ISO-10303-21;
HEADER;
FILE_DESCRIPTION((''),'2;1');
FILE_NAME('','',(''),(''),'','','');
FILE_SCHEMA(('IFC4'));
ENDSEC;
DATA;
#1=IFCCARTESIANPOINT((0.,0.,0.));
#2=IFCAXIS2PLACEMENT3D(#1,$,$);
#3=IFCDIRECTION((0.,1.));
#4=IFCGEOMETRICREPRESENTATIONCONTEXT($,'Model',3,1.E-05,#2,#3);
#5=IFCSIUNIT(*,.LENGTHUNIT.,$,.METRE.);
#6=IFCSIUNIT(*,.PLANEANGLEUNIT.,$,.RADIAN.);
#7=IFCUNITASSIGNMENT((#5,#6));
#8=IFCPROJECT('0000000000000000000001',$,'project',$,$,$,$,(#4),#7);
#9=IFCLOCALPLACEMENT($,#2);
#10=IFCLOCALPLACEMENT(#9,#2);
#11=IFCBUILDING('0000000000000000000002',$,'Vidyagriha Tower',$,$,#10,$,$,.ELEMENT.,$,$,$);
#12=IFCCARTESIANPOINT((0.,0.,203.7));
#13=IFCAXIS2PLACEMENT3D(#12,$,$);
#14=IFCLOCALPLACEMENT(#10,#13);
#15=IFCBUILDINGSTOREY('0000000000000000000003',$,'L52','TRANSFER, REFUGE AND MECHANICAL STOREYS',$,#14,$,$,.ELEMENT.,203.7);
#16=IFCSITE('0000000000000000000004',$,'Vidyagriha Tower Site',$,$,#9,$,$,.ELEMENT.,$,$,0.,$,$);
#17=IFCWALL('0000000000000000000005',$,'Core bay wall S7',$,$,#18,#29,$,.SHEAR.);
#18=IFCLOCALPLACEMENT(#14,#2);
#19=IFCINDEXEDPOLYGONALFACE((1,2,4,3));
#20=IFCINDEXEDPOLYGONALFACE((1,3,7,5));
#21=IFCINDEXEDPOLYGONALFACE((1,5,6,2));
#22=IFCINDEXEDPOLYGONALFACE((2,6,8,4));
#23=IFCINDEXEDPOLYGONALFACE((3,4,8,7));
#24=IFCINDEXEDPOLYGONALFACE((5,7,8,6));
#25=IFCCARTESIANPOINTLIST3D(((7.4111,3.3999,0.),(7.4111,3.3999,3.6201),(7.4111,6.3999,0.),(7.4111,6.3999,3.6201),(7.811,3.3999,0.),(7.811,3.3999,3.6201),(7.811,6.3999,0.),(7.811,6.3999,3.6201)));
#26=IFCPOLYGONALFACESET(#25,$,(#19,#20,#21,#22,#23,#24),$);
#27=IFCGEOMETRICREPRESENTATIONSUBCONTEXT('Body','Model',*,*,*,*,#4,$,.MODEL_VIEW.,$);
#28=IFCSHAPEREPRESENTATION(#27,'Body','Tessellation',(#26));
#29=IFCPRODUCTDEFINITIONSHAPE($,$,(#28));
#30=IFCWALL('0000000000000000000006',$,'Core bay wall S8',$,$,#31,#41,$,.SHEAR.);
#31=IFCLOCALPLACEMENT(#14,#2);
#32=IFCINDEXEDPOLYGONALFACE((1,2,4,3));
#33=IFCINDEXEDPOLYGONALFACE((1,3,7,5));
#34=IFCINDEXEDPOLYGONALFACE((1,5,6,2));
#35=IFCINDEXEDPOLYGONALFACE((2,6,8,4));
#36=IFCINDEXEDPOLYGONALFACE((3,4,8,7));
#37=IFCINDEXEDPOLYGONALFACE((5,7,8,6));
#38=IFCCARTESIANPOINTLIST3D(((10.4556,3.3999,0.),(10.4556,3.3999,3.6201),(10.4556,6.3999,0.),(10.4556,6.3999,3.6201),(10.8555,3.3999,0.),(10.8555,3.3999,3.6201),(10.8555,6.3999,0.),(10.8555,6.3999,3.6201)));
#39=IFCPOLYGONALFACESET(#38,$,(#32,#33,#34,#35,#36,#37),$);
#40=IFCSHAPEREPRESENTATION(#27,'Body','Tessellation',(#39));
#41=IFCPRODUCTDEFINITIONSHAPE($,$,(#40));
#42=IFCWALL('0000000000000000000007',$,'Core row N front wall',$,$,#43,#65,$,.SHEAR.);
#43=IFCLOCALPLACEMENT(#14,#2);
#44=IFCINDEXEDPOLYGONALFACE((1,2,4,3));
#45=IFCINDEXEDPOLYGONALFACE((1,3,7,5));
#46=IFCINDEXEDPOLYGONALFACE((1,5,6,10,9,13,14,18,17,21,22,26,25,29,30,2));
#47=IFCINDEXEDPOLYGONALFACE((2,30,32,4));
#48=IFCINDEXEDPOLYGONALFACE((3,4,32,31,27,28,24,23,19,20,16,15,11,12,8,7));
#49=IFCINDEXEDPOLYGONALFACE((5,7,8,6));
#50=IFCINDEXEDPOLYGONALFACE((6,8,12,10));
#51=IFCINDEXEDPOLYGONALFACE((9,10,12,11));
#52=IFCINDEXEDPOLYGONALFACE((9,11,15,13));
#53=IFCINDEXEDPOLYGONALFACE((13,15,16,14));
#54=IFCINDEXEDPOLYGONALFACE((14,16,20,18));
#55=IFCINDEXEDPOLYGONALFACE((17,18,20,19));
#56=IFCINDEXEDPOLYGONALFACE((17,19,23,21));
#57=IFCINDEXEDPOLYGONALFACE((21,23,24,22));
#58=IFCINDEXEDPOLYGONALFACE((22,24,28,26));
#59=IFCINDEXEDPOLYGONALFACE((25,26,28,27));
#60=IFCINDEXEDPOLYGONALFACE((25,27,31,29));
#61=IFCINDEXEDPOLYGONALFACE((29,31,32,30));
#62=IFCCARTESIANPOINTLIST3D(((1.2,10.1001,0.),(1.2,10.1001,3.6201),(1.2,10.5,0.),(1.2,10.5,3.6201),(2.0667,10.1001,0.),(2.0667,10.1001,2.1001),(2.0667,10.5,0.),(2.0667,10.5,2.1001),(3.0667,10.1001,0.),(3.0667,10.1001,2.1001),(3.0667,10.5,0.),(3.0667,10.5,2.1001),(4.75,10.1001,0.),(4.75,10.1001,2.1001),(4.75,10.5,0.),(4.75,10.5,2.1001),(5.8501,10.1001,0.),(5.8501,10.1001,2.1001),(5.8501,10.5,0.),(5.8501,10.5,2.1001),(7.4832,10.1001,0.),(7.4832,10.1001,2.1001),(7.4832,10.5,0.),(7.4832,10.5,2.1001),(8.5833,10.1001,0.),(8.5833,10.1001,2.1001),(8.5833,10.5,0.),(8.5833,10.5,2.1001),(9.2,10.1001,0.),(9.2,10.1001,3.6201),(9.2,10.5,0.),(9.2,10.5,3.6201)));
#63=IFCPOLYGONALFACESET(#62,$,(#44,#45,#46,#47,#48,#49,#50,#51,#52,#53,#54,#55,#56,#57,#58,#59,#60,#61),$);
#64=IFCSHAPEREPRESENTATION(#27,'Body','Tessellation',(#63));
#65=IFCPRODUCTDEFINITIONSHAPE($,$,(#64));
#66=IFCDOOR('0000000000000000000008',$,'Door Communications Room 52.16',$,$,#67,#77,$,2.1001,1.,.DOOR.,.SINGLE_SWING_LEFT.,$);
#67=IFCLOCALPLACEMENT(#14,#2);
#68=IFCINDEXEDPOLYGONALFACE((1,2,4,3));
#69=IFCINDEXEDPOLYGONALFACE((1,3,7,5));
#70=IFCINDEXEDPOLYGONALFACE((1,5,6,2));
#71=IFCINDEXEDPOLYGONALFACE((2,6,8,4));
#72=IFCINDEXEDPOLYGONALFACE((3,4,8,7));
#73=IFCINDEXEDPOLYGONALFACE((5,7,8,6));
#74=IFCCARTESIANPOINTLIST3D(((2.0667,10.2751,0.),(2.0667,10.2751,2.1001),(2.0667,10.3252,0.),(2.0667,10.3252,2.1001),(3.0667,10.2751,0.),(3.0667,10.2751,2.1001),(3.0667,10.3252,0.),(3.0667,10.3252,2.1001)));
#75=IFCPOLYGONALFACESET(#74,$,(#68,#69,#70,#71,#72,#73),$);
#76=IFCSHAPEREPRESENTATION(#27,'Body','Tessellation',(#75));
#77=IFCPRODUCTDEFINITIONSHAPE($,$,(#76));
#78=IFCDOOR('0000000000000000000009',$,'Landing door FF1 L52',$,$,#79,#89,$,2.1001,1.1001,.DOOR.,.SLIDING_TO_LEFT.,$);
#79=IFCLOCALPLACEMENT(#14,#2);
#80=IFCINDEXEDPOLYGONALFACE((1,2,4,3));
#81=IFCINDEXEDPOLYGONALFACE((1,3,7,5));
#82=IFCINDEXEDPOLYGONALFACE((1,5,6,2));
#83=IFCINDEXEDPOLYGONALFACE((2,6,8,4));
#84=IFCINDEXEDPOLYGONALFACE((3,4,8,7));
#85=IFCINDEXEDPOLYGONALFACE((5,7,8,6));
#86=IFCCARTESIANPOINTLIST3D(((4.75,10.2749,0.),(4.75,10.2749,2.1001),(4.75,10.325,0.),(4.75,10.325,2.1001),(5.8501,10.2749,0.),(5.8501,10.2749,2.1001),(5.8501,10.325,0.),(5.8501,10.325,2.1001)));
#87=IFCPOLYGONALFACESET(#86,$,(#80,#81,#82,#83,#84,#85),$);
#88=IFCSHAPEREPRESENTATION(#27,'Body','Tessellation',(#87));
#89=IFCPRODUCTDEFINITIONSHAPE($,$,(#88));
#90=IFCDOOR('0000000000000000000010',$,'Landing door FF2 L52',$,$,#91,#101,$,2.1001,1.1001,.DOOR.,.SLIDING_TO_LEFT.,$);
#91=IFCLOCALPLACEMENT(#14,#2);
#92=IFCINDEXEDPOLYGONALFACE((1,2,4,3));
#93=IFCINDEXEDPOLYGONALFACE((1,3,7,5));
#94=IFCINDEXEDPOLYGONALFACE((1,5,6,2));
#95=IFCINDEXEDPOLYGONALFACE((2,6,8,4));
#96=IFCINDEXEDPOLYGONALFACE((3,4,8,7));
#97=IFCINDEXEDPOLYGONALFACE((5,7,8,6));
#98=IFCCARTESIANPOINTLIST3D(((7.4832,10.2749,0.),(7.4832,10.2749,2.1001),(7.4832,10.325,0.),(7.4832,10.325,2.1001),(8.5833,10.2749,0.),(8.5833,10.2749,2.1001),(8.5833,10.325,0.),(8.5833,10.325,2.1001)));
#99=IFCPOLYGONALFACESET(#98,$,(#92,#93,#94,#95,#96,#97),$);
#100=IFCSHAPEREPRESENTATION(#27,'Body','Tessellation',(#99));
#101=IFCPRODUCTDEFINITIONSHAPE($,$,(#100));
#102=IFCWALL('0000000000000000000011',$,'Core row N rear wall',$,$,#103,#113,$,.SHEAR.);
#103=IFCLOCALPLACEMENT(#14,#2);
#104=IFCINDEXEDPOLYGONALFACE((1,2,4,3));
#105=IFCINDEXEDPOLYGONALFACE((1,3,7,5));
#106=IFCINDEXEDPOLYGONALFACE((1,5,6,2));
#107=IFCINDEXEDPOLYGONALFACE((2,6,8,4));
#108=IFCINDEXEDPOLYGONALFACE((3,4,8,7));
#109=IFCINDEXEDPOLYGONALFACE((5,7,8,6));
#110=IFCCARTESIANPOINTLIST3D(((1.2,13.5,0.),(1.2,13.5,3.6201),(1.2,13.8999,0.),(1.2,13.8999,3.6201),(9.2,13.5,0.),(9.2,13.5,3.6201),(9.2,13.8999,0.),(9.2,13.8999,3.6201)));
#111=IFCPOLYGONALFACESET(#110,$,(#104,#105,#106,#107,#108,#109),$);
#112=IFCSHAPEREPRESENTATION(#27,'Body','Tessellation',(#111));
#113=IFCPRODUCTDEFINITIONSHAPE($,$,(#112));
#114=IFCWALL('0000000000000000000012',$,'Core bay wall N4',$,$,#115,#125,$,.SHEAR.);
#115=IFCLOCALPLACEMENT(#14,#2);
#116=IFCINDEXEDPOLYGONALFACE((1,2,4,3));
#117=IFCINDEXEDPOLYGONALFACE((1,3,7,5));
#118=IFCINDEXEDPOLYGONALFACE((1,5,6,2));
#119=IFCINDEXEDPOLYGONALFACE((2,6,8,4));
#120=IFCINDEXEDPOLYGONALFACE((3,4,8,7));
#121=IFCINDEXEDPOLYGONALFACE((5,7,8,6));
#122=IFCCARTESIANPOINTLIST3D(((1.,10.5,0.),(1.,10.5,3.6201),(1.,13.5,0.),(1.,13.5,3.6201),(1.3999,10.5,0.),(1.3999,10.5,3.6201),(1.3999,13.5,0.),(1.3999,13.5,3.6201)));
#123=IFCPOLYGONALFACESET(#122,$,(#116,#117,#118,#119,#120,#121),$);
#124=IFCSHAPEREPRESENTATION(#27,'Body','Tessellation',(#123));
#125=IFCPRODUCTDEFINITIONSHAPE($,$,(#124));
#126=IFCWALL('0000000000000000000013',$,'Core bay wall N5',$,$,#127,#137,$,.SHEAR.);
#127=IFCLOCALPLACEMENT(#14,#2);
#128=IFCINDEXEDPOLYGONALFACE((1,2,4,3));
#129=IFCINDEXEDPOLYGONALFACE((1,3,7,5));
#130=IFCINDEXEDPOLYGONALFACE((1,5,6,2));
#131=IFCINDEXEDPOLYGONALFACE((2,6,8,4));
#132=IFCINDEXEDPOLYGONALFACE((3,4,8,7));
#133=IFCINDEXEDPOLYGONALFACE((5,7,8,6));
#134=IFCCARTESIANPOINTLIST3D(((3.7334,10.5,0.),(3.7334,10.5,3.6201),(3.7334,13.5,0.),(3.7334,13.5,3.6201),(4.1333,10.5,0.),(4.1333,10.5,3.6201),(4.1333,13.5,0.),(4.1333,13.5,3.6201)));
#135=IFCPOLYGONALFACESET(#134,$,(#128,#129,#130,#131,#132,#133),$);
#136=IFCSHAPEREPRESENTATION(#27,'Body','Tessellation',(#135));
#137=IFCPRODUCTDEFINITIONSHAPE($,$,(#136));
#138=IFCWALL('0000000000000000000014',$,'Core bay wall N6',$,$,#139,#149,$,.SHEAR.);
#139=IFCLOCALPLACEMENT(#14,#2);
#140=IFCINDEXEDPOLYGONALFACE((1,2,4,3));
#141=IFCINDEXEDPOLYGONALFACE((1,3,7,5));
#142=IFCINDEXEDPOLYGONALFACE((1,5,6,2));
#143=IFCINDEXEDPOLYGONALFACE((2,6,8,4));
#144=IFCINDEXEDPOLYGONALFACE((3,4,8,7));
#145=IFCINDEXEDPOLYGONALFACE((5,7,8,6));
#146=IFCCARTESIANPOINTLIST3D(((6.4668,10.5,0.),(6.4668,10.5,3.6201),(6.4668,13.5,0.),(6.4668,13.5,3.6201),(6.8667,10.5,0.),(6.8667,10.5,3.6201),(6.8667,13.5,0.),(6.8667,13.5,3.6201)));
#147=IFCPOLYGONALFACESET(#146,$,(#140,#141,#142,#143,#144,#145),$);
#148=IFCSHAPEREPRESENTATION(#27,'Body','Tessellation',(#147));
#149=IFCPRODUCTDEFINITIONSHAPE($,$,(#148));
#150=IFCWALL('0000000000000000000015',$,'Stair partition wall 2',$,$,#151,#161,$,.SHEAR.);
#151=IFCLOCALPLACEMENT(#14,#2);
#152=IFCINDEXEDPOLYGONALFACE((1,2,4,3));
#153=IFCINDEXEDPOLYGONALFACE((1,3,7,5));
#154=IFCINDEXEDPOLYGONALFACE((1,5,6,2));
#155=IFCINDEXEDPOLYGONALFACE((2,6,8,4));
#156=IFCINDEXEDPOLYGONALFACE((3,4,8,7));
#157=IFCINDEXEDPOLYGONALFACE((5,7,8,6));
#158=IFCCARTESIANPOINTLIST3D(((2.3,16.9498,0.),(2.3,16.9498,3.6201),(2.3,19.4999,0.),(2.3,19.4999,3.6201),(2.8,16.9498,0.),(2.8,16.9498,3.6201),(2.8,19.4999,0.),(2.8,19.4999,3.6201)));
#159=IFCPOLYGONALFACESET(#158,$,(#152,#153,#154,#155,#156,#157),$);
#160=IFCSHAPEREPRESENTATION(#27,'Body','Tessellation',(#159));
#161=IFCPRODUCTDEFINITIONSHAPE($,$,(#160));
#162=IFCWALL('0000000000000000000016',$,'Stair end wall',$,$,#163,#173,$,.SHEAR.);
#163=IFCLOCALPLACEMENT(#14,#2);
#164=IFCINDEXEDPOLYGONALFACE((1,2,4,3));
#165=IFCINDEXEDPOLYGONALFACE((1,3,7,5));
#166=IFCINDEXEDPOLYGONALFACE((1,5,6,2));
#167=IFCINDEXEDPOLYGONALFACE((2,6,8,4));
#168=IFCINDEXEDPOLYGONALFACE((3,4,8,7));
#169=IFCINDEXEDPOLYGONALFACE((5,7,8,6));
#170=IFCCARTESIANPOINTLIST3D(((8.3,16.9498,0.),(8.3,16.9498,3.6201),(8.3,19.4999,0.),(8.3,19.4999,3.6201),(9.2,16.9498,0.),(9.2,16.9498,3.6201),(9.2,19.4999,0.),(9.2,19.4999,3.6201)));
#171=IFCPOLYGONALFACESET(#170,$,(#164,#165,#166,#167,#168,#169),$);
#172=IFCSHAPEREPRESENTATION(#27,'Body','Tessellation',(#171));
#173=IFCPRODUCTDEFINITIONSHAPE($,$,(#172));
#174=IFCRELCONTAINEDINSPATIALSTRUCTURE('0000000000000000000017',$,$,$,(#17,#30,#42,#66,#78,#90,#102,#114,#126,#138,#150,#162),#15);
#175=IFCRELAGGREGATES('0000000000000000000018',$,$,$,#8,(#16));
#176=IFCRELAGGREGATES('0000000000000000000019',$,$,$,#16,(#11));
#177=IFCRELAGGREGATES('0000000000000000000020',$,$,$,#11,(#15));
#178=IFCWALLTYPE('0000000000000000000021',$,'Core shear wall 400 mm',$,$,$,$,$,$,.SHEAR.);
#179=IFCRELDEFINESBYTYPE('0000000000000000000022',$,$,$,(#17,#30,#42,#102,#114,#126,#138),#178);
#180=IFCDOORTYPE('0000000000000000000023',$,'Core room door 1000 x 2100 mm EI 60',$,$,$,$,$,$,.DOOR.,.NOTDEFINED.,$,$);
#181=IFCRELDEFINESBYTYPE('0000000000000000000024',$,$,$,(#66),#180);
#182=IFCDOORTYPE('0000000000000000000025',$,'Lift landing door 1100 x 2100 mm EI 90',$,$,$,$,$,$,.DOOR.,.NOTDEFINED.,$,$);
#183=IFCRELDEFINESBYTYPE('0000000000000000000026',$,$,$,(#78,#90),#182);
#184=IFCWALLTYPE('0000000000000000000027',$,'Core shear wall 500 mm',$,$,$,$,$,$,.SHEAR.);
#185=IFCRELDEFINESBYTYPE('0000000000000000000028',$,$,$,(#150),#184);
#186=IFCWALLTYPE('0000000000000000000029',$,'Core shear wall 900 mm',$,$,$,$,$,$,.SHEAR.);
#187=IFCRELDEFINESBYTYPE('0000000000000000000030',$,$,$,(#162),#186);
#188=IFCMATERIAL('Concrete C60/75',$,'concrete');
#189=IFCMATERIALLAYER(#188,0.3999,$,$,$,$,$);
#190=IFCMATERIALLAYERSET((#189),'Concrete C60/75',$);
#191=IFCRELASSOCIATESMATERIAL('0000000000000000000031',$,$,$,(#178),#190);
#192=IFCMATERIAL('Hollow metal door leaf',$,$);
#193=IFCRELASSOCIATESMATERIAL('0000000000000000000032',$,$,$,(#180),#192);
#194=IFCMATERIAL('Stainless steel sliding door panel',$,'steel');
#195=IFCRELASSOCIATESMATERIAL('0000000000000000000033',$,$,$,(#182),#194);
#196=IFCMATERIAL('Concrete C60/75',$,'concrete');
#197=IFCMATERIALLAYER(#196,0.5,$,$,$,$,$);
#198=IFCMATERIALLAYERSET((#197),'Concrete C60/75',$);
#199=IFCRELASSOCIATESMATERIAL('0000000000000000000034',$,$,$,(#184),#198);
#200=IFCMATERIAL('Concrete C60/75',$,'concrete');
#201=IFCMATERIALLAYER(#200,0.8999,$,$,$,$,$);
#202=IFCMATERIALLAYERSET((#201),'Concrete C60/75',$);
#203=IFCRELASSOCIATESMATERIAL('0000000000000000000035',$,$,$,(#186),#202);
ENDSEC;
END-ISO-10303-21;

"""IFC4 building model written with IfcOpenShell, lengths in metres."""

from ifc_helpers import new_model, si_unit, direction, frame, frame_2d, origin, place, context, subcontext, project, spatial, rectangle, extrude, material, layer, layer_set, type_object, element, fill, save


model = new_model("IFC4")

# Units and contexts
model_context = context("Model", 3, precision=1e-05, world=origin(), true_north=direction((0.0, 1.0)))
body_context = subcontext(model_context, "Body", "Model", "MODEL_VIEW")
ifc_project = project(units=[si_unit("LENGTHUNIT", "METRE"), si_unit("PLANEANGLEUNIT", "RADIAN")], contexts=[model_context])

# Site, building, storey
site_placement = place(None, origin())
site = spatial("IfcSite", under=ifc_project, at=site_placement, Name="Vidyagriha Tower Site", CompositionType="ELEMENT", RefElevation=0.0)
building_placement = place(site_placement, origin())
building = spatial("IfcBuilding", under=site, at=building_placement, Name="Vidyagriha Tower", CompositionType="ELEMENT")
storey_placement = place(building_placement, frame((0.0, 0.0, 203.7)))
storey = spatial("IfcBuildingStorey", under=building, at=storey_placement, Name="L52", Description="TRANSFER, REFUGE AND MECHANICAL STOREYS", CompositionType="ELEMENT", Elevation=203.7)

# Shared definitions
ifc_material_1 = material(Name="Concrete C60/75", Category="concrete")
ifc_layer_1 = layer(ifc_material_1, 0.3999)
ifc_layer_set_1 = layer_set([ifc_layer_1], Name="Concrete C60/75")
wall_type_1 = type_object("IfcWallType", Name="Core shear wall 400 mm", PredefinedType="SHEAR", material=ifc_layer_set_1)

# Shared definitions
ifc_material_2 = material(Name="Hollow metal door leaf")
door_type_1 = type_object("IfcDoorType", Name="Core room door 1000 x 2100 mm EI 60", OperationType="NOTDEFINED", PredefinedType="DOOR", material=ifc_material_2)

# Walls
for number, where, z_axis, x_axis, name in (
    (1, (7.6111, 3.3999, 0.0), (0.0, 0.0, 1.0), (0.0, 1.0, 0.0), "Core bay wall S7"),
    (2, (10.6555, 3.3999, 0.0), (0.0, 0.0, 1.0), (0.0, 1.0, 0.0), "Core bay wall S8"),
):
    element("IfcWall", number, at=place(storey_placement, frame(where, z_axis=z_axis, x_axis=x_axis)), inside=storey, type_object=wall_type_1, Name=name, PredefinedType="SHEAR", context=body_context, shape_type="SweptSolid", body=[
        extrude(rectangle(XDim=3.0, YDim=0.3999, at=frame_2d((1.5, 0.0))), origin(), (0.0, 0.0, 1.0), 3.6201),
    ])

# Wall, openings, doors
wall_1_placement = place(storey_placement, frame((1.2, 10.3, 0.0)))
wall_1 = element("IfcWall", 3, at=wall_1_placement, inside=storey, type_object=wall_type_1, Name="Core row N front wall", PredefinedType="SHEAR", context=body_context, shape_type="SweptSolid", body=[
    extrude(rectangle(XDim=8.0, YDim=0.3999, at=frame_2d((4.0, 0.0))), origin(), (0.0, 0.0, 1.0), 3.6201),
])
opening_1_placement = place(wall_1_placement, frame((3.55, 0.0, 0.0)))
opening_1 = element("IfcOpeningElement", 4, at=opening_1_placement, cuts=wall_1, PredefinedType="OPENING", context=body_context, shape_type="SweptSolid", body=[
    extrude(rectangle(XDim=1.1001, YDim=2.1001, at=frame_2d((0.55, 1.05))), frame((0.0, 0.21, 0.0), z_axis=(0.0, -1.0, 0.0), x_axis=(1.0, 0.0, 0.0)), (0.0, 0.0, 1.0), 0.4199),
])
opening_2_placement = place(wall_1_placement, frame((6.2832, 0.0, 0.0)))
opening_2 = element("IfcOpeningElement", 5, at=opening_2_placement, cuts=wall_1, PredefinedType="OPENING", context=body_context, shape_type="SweptSolid", body=[
    extrude(rectangle(XDim=1.1001, YDim=2.1001, at=frame_2d((0.55, 1.05))), frame((0.0, 0.21, 0.0), z_axis=(0.0, -1.0, 0.0), x_axis=(1.0, 0.0, 0.0)), (0.0, 0.0, 1.0), 0.4199),
])
opening_3_placement = place(wall_1_placement, frame((0.8667, 0.0, 0.0)))
opening_3 = element("IfcOpeningElement", 6, at=opening_3_placement, cuts=wall_1, PredefinedType="OPENING", context=body_context, shape_type="SweptSolid", body=[
    extrude(rectangle(XDim=1.0, YDim=2.1001, at=frame_2d((0.5, 1.05))), frame((0.0, 0.21, 0.0), z_axis=(0.0, -1.0, 0.0), x_axis=(1.0, 0.0, 0.0)), (0.0, 0.0, 1.0), 0.4199),
])
door_1_placement = place(opening_3_placement, frame((1.0, 0.0, 0.0), z_axis=(0.0, 0.0, 1.0), x_axis=(-1.0, 0.0, 0.0)))
door_1 = element("IfcDoor", 7, at=door_1_placement, inside=storey, type_object=door_type_1, Name="Door Communications Room 52.16", OperationType="SINGLE_SWING_LEFT", OverallHeight=2.1001, OverallWidth=1.0, PredefinedType="DOOR", context=body_context, shape_type="SweptSolid", body=[
    extrude(rectangle(XDim=1.0, YDim=2.1001, at=frame_2d((0.5, 1.05))), frame((0.0, 0.0249, 0.0), z_axis=(0.0, -1.0, 0.0), x_axis=(1.0, 0.0, 0.0)), (0.0, 0.0, 1.0), 0.05),
])
fill(opening_3, door_1)
ifc_material_3 = material(Name="Stainless steel sliding door panel", Category="steel")
door_type_2 = type_object("IfcDoorType", Name="Lift landing door 1100 x 2100 mm EI 90", OperationType="NOTDEFINED", PredefinedType="DOOR", material=ifc_material_3)
door_2_placement = place(opening_1_placement, origin())
door_2 = element("IfcDoor", 8, at=door_2_placement, inside=storey, type_object=door_type_2, Name="Landing door FF1 L52", OperationType="SLIDING_TO_LEFT", OverallHeight=2.1001, OverallWidth=1.1001, PredefinedType="DOOR", context=body_context, shape_type="SweptSolid", body=[
    extrude(rectangle(XDim=1.1001, YDim=2.1001, at=frame_2d((0.55, 1.05))), frame((0.0, 0.0249, 0.0), z_axis=(0.0, -1.0, 0.0), x_axis=(1.0, 0.0, 0.0)), (0.0, 0.0, 1.0), 0.05),
])
fill(opening_1, door_2)
door_3_placement = place(opening_2_placement, origin())
door_3 = element("IfcDoor", 9, at=door_3_placement, inside=storey, type_object=door_type_2, Name="Landing door FF2 L52", OperationType="SLIDING_TO_LEFT", OverallHeight=2.1001, OverallWidth=1.1001, PredefinedType="DOOR", context=body_context, shape_type="SweptSolid", body=[
    extrude(rectangle(XDim=1.1001, YDim=2.1001, at=frame_2d((0.55, 1.05))), frame((0.0, 0.0249, 0.0), z_axis=(0.0, -1.0, 0.0), x_axis=(1.0, 0.0, 0.0)), (0.0, 0.0, 1.0), 0.05),
])
fill(opening_2, door_3)

# Walls
wall_2_placement = place(storey_placement, frame((1.2, 13.7, 0.0)))
element("IfcWall", 10, at=wall_2_placement, inside=storey, type_object=wall_type_1, Name="Core row N rear wall", PredefinedType="SHEAR", context=body_context, shape_type="SweptSolid", body=[
    extrude(rectangle(XDim=8.0, YDim=0.3999, at=frame_2d((4.0, 0.0))), origin(), (0.0, 0.0, 1.0), 3.6201),
])
for number, where, z_axis, x_axis, name in (
    (11, (1.2, 10.5, 0.0), (0.0, 0.0, 1.0), (0.0, 1.0, 0.0), "Core bay wall N4"),
    (12, (3.9333, 10.5, 0.0), (0.0, 0.0, 1.0), (0.0, 1.0, 0.0), "Core bay wall N5"),
    (13, (6.6667, 10.5, 0.0), (0.0, 0.0, 1.0), (0.0, 1.0, 0.0), "Core bay wall N6"),
):
    element("IfcWall", number, at=place(storey_placement, frame(where, z_axis=z_axis, x_axis=x_axis)), inside=storey, type_object=wall_type_1, Name=name, PredefinedType="SHEAR", context=body_context, shape_type="SweptSolid", body=[
        extrude(rectangle(XDim=3.0, YDim=0.3999, at=frame_2d((1.5, 0.0))), origin(), (0.0, 0.0, 1.0), 3.6201),
    ])
ifc_material_4 = material(Name="Concrete C60/75", Category="concrete")
ifc_layer_2 = layer(ifc_material_4, 0.5)
ifc_layer_set_2 = layer_set([ifc_layer_2], Name="Concrete C60/75")
wall_type_2 = type_object("IfcWallType", Name="Core shear wall 500 mm", PredefinedType="SHEAR", material=ifc_layer_set_2)
wall_3_placement = place(storey_placement, frame((2.55, 16.95, 0.0), z_axis=(0.0, 0.0, 1.0), x_axis=(0.0, 1.0, 0.0)))
element("IfcWall", 14, at=wall_3_placement, inside=storey, type_object=wall_type_2, Name="Stair partition wall 2", PredefinedType="SHEAR", context=body_context, shape_type="SweptSolid", body=[
    extrude(rectangle(XDim=2.55, YDim=0.5, at=frame_2d((1.2749, 0.0))), origin(), (0.0, 0.0, 1.0), 3.6201),
])
ifc_material_5 = material(Name="Concrete C60/75", Category="concrete")
ifc_layer_3 = layer(ifc_material_5, 0.8999)
ifc_layer_set_3 = layer_set([ifc_layer_3], Name="Concrete C60/75")
wall_type_3 = type_object("IfcWallType", Name="Core shear wall 900 mm", PredefinedType="SHEAR", material=ifc_layer_set_3)
wall_4_placement = place(storey_placement, frame((8.75, 16.95, 0.0), z_axis=(0.0, 0.0, 1.0), x_axis=(0.0, 1.0, 0.0)))
element("IfcWall", 15, at=wall_4_placement, inside=storey, type_object=wall_type_3, Name="Stair end wall", PredefinedType="SHEAR", context=body_context, shape_type="SweptSolid", body=[
    extrude(rectangle(XDim=2.55, YDim=0.8999, at=frame_2d((1.2749, 0.0))), origin(), (0.0, 0.0, 1.0), 3.6201),
])

save(model, "model.ifc")
